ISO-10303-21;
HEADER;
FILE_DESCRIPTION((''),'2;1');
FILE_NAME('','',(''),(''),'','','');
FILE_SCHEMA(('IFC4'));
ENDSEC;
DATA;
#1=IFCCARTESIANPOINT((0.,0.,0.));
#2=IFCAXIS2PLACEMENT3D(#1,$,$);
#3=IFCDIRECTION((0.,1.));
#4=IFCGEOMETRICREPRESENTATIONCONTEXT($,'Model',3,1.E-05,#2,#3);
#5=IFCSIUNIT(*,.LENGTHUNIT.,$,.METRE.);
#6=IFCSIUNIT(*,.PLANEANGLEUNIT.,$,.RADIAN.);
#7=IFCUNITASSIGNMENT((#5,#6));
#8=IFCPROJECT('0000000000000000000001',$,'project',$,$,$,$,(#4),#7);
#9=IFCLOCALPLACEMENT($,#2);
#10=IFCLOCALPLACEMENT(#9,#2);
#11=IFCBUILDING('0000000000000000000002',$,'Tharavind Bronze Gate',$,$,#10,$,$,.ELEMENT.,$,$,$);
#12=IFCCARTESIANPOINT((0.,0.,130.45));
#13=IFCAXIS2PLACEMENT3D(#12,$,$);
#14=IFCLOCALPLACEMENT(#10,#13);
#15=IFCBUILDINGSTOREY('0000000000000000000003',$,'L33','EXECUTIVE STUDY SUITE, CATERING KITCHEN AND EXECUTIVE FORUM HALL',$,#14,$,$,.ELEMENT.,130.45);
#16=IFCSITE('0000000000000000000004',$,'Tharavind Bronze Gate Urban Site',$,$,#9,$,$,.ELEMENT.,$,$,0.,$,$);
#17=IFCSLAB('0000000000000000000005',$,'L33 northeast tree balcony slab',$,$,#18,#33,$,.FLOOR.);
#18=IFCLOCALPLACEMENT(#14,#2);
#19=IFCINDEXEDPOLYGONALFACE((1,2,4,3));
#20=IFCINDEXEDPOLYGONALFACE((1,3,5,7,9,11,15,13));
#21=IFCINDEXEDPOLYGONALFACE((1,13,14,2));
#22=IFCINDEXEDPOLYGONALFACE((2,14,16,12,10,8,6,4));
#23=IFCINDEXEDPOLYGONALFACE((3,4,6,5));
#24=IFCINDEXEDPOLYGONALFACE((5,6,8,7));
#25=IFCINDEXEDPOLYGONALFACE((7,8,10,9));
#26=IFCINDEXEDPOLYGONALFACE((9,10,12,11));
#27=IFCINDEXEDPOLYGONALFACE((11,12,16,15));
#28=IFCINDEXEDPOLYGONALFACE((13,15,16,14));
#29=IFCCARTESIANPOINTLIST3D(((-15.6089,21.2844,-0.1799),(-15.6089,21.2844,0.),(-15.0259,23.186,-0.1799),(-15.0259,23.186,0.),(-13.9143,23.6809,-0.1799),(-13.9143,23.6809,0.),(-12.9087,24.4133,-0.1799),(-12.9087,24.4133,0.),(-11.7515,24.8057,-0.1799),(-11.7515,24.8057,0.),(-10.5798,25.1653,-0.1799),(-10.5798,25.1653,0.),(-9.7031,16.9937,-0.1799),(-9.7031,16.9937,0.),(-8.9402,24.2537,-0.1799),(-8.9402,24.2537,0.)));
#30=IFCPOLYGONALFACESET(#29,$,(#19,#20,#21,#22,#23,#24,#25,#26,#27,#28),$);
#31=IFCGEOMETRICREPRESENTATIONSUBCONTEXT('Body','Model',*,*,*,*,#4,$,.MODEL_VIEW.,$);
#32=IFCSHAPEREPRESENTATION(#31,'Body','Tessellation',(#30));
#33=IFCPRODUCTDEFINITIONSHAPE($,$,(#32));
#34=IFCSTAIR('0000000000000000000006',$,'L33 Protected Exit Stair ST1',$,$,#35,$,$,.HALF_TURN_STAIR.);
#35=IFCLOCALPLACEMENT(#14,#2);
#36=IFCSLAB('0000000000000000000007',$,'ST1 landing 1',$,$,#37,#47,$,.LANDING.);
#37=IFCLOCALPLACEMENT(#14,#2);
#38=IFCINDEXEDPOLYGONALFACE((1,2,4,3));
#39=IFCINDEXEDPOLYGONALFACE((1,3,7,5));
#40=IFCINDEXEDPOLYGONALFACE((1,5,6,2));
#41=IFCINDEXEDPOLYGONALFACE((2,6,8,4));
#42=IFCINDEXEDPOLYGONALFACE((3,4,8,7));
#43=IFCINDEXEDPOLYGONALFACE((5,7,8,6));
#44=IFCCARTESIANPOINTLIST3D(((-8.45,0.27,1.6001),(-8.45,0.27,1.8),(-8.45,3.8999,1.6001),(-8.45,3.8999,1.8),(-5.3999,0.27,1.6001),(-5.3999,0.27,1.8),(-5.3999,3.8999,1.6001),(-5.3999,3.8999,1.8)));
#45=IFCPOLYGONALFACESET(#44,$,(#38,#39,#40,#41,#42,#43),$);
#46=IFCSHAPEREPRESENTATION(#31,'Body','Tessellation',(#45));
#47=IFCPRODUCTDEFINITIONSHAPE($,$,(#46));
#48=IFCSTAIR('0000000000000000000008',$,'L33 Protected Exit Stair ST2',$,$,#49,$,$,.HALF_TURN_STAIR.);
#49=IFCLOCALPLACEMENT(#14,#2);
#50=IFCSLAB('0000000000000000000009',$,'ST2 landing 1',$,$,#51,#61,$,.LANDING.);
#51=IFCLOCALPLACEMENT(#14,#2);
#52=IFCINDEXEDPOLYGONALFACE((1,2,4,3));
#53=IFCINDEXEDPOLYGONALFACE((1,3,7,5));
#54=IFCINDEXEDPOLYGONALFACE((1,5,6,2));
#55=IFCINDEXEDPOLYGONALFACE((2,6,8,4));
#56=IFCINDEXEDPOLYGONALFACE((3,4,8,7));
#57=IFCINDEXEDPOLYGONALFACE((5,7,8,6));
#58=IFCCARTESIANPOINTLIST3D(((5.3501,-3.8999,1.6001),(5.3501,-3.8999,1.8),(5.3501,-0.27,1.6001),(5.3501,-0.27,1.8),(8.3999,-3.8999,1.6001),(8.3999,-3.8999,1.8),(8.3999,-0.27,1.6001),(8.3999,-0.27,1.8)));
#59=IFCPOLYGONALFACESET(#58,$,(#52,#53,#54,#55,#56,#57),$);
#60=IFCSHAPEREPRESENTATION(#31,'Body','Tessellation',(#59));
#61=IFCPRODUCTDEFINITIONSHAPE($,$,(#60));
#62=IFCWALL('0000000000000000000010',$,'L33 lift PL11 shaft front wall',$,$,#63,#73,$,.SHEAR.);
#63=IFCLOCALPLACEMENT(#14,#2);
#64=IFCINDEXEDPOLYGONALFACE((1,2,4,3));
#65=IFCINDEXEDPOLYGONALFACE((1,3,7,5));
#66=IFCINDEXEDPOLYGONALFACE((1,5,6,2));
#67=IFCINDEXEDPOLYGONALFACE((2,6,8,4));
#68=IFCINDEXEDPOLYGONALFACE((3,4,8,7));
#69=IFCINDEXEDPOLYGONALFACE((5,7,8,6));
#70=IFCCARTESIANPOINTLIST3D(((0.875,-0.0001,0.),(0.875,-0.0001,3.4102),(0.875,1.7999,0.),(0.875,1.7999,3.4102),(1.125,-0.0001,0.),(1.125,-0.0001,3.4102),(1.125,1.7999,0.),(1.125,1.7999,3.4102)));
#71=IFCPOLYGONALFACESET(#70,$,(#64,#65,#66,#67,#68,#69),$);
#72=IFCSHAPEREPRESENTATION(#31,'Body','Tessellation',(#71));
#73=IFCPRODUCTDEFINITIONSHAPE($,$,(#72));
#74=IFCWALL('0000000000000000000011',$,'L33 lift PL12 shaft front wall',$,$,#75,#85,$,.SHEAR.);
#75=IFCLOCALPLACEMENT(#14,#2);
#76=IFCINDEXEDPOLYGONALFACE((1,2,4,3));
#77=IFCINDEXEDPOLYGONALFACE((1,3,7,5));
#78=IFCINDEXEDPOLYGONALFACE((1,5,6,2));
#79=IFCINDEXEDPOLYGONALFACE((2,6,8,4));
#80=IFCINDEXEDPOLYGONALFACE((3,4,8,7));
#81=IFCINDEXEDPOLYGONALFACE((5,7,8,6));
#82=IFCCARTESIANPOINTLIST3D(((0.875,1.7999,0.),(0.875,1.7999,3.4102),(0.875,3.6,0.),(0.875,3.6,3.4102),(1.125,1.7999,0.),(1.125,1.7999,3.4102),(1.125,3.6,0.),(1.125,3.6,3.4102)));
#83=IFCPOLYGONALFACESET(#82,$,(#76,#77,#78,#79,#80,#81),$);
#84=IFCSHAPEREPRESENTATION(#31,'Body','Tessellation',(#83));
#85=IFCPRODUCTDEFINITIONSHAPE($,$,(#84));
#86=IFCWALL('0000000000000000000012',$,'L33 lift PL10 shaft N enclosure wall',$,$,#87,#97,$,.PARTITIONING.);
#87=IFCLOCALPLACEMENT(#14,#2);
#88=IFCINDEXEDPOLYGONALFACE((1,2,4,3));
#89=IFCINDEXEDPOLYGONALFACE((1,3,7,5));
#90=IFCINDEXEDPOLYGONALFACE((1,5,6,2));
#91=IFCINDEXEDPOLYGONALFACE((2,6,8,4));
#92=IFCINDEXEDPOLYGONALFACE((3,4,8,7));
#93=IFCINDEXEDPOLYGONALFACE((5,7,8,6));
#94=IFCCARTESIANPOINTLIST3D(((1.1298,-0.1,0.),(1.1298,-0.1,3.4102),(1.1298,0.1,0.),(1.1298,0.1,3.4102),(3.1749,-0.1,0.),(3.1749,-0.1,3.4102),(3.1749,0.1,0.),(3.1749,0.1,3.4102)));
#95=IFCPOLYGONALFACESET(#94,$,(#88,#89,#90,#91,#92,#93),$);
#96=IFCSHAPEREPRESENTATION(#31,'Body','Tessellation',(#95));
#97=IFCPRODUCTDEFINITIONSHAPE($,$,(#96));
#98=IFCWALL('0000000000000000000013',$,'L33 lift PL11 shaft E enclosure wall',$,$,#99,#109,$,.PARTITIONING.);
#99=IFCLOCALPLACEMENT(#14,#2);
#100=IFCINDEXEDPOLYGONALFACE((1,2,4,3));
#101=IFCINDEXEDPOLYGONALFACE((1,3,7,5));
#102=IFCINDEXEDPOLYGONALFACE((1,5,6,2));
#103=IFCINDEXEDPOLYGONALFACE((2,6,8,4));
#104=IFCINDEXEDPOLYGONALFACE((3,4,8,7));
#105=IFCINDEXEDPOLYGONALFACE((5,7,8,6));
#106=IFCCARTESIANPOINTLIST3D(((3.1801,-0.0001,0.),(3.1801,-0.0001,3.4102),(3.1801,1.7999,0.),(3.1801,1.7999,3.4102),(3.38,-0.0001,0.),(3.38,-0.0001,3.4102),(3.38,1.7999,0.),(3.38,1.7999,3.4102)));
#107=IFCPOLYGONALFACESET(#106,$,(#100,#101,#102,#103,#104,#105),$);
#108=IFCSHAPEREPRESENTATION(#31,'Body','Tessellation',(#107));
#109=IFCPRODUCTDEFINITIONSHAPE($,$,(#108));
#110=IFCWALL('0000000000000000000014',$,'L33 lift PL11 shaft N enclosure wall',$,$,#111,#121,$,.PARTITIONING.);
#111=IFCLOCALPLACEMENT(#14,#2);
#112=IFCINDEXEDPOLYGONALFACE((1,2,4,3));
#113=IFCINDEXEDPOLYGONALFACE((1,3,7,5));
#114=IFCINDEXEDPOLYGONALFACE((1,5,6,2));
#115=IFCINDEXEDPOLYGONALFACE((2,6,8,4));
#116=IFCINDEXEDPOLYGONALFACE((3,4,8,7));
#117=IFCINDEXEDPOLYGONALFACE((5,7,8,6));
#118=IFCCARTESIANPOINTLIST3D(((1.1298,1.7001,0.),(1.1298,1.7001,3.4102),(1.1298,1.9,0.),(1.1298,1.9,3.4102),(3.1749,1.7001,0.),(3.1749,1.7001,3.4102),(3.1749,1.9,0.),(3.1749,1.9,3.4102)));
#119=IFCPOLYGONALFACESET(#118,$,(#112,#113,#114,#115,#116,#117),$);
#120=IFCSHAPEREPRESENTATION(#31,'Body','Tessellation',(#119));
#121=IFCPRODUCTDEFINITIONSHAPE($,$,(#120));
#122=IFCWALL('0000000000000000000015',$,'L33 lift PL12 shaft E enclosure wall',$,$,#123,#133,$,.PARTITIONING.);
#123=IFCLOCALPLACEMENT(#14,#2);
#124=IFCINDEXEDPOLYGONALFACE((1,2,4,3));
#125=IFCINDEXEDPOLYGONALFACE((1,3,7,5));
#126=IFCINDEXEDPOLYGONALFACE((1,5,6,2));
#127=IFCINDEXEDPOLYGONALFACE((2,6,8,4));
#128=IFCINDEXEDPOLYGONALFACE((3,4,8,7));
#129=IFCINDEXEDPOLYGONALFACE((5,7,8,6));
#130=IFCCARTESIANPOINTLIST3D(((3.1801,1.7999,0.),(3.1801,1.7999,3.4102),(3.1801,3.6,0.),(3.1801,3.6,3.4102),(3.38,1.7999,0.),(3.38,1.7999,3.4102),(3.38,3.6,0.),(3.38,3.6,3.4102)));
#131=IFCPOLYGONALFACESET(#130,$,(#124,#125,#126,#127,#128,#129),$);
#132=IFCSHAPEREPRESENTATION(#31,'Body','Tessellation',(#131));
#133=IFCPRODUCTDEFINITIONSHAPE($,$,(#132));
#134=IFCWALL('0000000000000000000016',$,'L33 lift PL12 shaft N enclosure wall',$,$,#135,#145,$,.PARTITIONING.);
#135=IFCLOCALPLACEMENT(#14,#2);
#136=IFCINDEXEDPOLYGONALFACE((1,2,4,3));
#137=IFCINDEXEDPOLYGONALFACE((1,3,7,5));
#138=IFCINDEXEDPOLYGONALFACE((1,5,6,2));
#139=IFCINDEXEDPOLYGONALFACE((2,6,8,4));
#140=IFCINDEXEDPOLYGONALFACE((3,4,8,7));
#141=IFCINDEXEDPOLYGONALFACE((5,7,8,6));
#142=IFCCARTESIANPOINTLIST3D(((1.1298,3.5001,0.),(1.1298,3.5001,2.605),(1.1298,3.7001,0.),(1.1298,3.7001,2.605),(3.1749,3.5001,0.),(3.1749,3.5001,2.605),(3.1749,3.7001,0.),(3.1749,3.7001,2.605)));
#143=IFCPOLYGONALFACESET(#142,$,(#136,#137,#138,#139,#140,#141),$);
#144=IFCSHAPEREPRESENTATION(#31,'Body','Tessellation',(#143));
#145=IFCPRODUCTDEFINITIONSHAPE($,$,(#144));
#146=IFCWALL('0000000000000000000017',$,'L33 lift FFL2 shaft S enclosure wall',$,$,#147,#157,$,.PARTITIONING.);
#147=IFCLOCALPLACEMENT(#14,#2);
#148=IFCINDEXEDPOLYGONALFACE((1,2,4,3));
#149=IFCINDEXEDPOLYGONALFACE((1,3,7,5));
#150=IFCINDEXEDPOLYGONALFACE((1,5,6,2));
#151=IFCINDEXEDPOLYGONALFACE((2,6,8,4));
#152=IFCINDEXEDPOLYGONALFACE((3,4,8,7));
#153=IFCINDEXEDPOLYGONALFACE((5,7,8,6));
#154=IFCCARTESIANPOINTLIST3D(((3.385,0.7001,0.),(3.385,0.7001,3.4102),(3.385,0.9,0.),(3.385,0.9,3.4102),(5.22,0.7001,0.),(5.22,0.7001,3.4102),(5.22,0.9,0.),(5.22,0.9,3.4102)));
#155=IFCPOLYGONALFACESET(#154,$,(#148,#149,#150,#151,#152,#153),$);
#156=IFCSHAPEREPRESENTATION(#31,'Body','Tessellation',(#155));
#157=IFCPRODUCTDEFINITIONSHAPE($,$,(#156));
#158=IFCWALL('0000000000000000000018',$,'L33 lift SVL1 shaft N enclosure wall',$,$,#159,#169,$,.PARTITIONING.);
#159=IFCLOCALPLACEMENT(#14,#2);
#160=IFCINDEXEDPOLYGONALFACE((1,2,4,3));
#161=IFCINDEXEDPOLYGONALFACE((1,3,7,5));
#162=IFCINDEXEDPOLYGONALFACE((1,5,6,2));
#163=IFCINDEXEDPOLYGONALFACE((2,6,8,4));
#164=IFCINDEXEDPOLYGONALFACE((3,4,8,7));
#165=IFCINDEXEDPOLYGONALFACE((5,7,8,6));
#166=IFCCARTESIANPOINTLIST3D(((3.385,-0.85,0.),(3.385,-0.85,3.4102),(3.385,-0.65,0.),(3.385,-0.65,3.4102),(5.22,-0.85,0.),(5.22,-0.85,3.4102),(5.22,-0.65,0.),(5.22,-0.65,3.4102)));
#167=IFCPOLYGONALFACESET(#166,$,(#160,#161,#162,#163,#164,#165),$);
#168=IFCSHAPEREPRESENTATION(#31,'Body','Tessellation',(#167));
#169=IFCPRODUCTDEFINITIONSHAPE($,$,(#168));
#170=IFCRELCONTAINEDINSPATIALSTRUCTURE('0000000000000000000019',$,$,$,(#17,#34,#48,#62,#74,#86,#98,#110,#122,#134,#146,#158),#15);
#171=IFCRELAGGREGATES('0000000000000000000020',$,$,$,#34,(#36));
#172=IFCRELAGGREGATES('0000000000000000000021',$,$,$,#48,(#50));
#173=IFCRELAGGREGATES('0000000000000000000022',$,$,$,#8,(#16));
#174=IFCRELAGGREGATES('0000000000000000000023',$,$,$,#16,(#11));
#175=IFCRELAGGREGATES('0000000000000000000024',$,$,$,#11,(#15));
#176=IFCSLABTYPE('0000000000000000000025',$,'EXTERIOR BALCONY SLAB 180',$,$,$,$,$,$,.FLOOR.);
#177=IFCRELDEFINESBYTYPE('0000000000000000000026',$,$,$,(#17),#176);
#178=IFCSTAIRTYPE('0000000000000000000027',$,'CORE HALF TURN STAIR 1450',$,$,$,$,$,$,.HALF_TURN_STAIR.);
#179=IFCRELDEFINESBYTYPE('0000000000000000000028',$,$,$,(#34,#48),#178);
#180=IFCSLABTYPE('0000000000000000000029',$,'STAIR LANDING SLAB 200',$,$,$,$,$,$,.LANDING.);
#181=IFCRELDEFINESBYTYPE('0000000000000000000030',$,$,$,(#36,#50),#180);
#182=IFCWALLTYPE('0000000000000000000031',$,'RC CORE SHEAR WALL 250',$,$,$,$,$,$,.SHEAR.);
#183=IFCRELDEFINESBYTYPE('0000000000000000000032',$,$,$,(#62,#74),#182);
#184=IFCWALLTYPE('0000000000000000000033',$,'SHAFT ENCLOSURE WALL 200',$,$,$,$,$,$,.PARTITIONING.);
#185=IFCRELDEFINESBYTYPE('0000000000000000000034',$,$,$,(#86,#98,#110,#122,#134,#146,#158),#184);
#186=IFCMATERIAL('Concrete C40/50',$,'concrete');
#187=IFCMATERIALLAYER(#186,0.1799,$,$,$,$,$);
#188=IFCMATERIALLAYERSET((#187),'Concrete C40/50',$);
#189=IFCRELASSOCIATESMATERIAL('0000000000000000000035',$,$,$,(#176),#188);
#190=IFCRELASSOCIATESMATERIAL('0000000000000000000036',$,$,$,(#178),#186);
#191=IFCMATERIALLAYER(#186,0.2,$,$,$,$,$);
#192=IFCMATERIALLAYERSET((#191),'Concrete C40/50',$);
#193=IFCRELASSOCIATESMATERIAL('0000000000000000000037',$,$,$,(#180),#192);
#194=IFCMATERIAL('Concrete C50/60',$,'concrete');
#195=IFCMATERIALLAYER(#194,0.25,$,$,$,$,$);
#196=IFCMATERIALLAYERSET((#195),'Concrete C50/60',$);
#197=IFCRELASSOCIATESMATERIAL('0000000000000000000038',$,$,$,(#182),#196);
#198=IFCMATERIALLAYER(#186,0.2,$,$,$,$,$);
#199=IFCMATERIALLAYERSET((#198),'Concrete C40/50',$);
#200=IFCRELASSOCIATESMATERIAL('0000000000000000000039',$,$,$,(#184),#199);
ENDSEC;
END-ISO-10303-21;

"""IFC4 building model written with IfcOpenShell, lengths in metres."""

from ifc_helpers import new_model, si_unit, direction, frame, frame_2d, origin, place, context, subcontext, project, spatial, polyline, rectangle, outline, extrude, material, layer, layer_set, type_object, element, aggregate, save


model = new_model("IFC4")

# Units and contexts
model_context = context("Model", 3, precision=1e-05, world=origin(), true_north=direction((0.0, 1.0)))
body_context = subcontext(model_context, "Body", "Model", "MODEL_VIEW")
ifc_project = project(units=[si_unit("LENGTHUNIT", "METRE"), si_unit("PLANEANGLEUNIT", "RADIAN")], contexts=[model_context])

# Site, building, storey
site_placement = place(None, origin())
site = spatial("IfcSite", under=ifc_project, at=site_placement, Name="Tharavind Bronze Gate Urban Site", CompositionType="ELEMENT", RefElevation=0.0)
building_placement = place(site_placement, origin())
building = spatial("IfcBuilding", under=site, at=building_placement, Name="Tharavind Bronze Gate", CompositionType="ELEMENT")
storey_placement = place(building_placement, frame((0.0, 0.0, 130.45)))
storey = spatial("IfcBuildingStorey", under=building, at=storey_placement, Name="L33", Description="EXECUTIVE STUDY SUITE, CATERING KITCHEN AND EXECUTIVE FORUM HALL", CompositionType="ELEMENT", Elevation=130.45)

# Slab
ifc_material_1 = material(Name="Concrete C40/50", Category="concrete")
ifc_layer_1 = layer(ifc_material_1, 0.1799)
ifc_layer_set_1 = layer_set([ifc_layer_1], Name="Concrete C40/50")
slab_type_1 = type_object("IfcSlabType", Name="EXTERIOR BALCONY SLAB 180", PredefinedType="FLOOR", material=ifc_layer_set_1)
slab_1_placement = place(storey_placement, frame((0.0, 0.0, -0.1799)))
element("IfcSlab", 1, at=slab_1_placement, inside=storey, type_object=slab_type_1, Name="L33 northeast tree balcony slab", PredefinedType="FLOOR", context=body_context, shape_type="SweptSolid", body=[
    extrude(outline(polyline([(-10.5798, 25.1653), (-11.7515, 24.8057), (-12.9087, 24.4133), (-13.9143, 23.6809), (-15.0259, 23.186), (-15.6089, 21.2844), (-9.7031, 16.9937), (-8.9402, 24.2537), (-10.5798, 25.1653)])), origin(), (0.0, 0.0, 1.0), 0.1799),
])

# Stairs, slabs
stair_type = type_object("IfcStairType", Name="CORE HALF TURN STAIR 1450", PredefinedType="HALF_TURN_STAIR", material=ifc_material_1)
stair_1_placement = place(storey_placement, origin())
stair_1 = element("IfcStair", 2, at=stair_1_placement, inside=storey, type_object=stair_type, Name="L33 Protected Exit Stair ST1", PredefinedType="HALF_TURN_STAIR")
ifc_layer_2 = layer(ifc_material_1, 0.2)
ifc_layer_set_2 = layer_set([ifc_layer_2], Name="Concrete C40/50")
slab_type_2 = type_object("IfcSlabType", Name="STAIR LANDING SLAB 200", PredefinedType="LANDING", material=ifc_layer_set_2)
slab_2_placement = place(storey_placement, frame((0.0, 0.0, 1.6001)))
slab_2 = element("IfcSlab", 3, at=slab_2_placement, type_object=slab_type_2, Name="ST1 landing 1", PredefinedType="LANDING", context=body_context, shape_type="SweptSolid", body=[
    extrude(outline(polyline([(-5.3999, 0.27), (-5.3999, 3.8999), (-8.45, 3.8999), (-8.45, 0.27), (-5.3999, 0.27)])), origin(), (0.0, 0.0, 1.0), 0.2),
])
aggregate(stair_1, [slab_2])
stair_2_placement = place(storey_placement, origin())
stair_2 = element("IfcStair", 4, at=stair_2_placement, inside=storey, type_object=stair_type, Name="L33 Protected Exit Stair ST2", PredefinedType="HALF_TURN_STAIR")
slab_3_placement = place(storey_placement, frame((0.0, 0.0, 1.6001)))
slab_3 = element("IfcSlab", 5, at=slab_3_placement, type_object=slab_type_2, Name="ST2 landing 1", PredefinedType="LANDING", context=body_context, shape_type="SweptSolid", body=[
    extrude(outline(polyline([(5.3501, -0.27), (5.3501, -3.8999), (8.3999, -3.8999), (8.3999, -0.27), (5.3501, -0.27)])), origin(), (0.0, 0.0, 1.0), 0.2),
])
aggregate(stair_2, [slab_3])

# Walls
ifc_material_2 = material(Name="Concrete C50/60", Category="concrete")
ifc_layer_3 = layer(ifc_material_2, 0.25)
ifc_layer_set_3 = layer_set([ifc_layer_3], Name="Concrete C50/60")
wall_type_1 = type_object("IfcWallType", Name="RC CORE SHEAR WALL 250", PredefinedType="SHEAR", material=ifc_layer_set_3)
for number, where, z_axis, x_axis, name in (
    (6, (1.0, 0.0, 0.0), (0.0, 0.0, 1.0), (0.0, 1.0, 0.0), "L33 lift PL11 shaft front wall"),
    (7, (1.0, 1.8, 0.0), (0.0, 0.0, 1.0), (0.0, 1.0, 0.0), "L33 lift PL12 shaft front wall"),
):
    element("IfcWall", number, at=place(storey_placement, frame(where, z_axis=z_axis, x_axis=x_axis)), inside=storey, type_object=wall_type_1, Name=name, PredefinedType="SHEAR", context=body_context, shape_type="SweptSolid", body=[
        extrude(rectangle(XDim=1.8, YDim=0.25, at=frame_2d((0.8999, 0.0))), origin(), (0.0, 0.0, 1.0), 3.4102),
    ])
ifc_layer_4 = layer(ifc_material_1, 0.2)
ifc_layer_set_4 = layer_set([ifc_layer_4], Name="Concrete C40/50")
wall_type_2 = type_object("IfcWallType", Name="SHAFT ENCLOSURE WALL 200", PredefinedType="PARTITIONING", material=ifc_layer_set_4)
wall_1_placement = place(storey_placement, frame((1.1299, 0.0, 0.0), z_axis=(0.0, 0.0, 1.0), x_axis=(1.0, 0.0, 0.0)))
element("IfcWall", 8, at=wall_1_placement, inside=storey, type_object=wall_type_2, Name="L33 lift PL10 shaft N enclosure wall", PredefinedType="PARTITIONING", context=body_context, shape_type="SweptSolid", body=[
    extrude(rectangle(XDim=2.0452, YDim=0.2, at=frame_2d((1.0225, 0.0))), origin(), (0.0, 0.0, 1.0), 3.4102),
])
wall_2_placement = place(storey_placement, frame((3.28, 0.0, 0.0), z_axis=(0.0, 0.0, 1.0), x_axis=(0.0, 1.0, 0.0)))
element("IfcWall", 9, at=wall_2_placement, inside=storey, type_object=wall_type_2, Name="L33 lift PL11 shaft E enclosure wall", PredefinedType="PARTITIONING", context=body_context, shape_type="SweptSolid", body=[
    extrude(rectangle(XDim=1.8, YDim=0.2, at=frame_2d((0.8999, 0.0))), origin(), (0.0, 0.0, 1.0), 3.4102),
])
wall_3_placement = place(storey_placement, frame((1.1299, 1.8, 0.0), z_axis=(0.0, 0.0, 1.0), x_axis=(1.0, 0.0, 0.0)))
element("IfcWall", 10, at=wall_3_placement, inside=storey, type_object=wall_type_2, Name="L33 lift PL11 shaft N enclosure wall", PredefinedType="PARTITIONING", context=body_context, shape_type="SweptSolid", body=[
    extrude(rectangle(XDim=2.0452, YDim=0.2, at=frame_2d((1.0225, 0.0))), origin(), (0.0, 0.0, 1.0), 3.4102),
])
wall_4_placement = place(storey_placement, frame((3.28, 1.8, 0.0), z_axis=(0.0, 0.0, 1.0), x_axis=(0.0, 1.0, 0.0)))
element("IfcWall", 11, at=wall_4_placement, inside=storey, type_object=wall_type_2, Name="L33 lift PL12 shaft E enclosure wall", PredefinedType="PARTITIONING", context=body_context, shape_type="SweptSolid", body=[
    extrude(rectangle(XDim=1.8, YDim=0.2, at=frame_2d((0.8999, 0.0))), origin(), (0.0, 0.0, 1.0), 3.4102),
])
wall_5_placement = place(storey_placement, frame((1.1299, 3.6001, 0.0), z_axis=(0.0, 0.0, 1.0), x_axis=(1.0, 0.0, 0.0)))
element("IfcWall", 12, at=wall_5_placement, inside=storey, type_object=wall_type_2, Name="L33 lift PL12 shaft N enclosure wall", PredefinedType="PARTITIONING", context=body_context, shape_type="SweptSolid", body=[
    extrude(rectangle(XDim=2.0452, YDim=0.2, at=frame_2d((1.0225, 0.0))), origin(), (0.0, 0.0, 1.0), 2.605),
])
for number, where, z_axis, x_axis, name in (
    (13, (3.385, 0.8, 0.0), (0.0, 0.0, 1.0), (1.0, 0.0, 0.0), "L33 lift FFL2 shaft S enclosure wall"),
    (14, (3.385, -0.75, 0.0), (0.0, 0.0, 1.0), (1.0, 0.0, 0.0), "L33 lift SVL1 shaft N enclosure wall"),
):
    element("IfcWall", number, at=place(storey_placement, frame(where, z_axis=z_axis, x_axis=x_axis)), inside=storey, type_object=wall_type_2, Name=name, PredefinedType="PARTITIONING", context=body_context, shape_type="SweptSolid", body=[
        extrude(rectangle(XDim=1.835, YDim=0.2, at=frame_2d((0.9175, 0.0))), origin(), (0.0, 0.0, 1.0), 3.4102),
    ])

save(model, "model.ifc")
